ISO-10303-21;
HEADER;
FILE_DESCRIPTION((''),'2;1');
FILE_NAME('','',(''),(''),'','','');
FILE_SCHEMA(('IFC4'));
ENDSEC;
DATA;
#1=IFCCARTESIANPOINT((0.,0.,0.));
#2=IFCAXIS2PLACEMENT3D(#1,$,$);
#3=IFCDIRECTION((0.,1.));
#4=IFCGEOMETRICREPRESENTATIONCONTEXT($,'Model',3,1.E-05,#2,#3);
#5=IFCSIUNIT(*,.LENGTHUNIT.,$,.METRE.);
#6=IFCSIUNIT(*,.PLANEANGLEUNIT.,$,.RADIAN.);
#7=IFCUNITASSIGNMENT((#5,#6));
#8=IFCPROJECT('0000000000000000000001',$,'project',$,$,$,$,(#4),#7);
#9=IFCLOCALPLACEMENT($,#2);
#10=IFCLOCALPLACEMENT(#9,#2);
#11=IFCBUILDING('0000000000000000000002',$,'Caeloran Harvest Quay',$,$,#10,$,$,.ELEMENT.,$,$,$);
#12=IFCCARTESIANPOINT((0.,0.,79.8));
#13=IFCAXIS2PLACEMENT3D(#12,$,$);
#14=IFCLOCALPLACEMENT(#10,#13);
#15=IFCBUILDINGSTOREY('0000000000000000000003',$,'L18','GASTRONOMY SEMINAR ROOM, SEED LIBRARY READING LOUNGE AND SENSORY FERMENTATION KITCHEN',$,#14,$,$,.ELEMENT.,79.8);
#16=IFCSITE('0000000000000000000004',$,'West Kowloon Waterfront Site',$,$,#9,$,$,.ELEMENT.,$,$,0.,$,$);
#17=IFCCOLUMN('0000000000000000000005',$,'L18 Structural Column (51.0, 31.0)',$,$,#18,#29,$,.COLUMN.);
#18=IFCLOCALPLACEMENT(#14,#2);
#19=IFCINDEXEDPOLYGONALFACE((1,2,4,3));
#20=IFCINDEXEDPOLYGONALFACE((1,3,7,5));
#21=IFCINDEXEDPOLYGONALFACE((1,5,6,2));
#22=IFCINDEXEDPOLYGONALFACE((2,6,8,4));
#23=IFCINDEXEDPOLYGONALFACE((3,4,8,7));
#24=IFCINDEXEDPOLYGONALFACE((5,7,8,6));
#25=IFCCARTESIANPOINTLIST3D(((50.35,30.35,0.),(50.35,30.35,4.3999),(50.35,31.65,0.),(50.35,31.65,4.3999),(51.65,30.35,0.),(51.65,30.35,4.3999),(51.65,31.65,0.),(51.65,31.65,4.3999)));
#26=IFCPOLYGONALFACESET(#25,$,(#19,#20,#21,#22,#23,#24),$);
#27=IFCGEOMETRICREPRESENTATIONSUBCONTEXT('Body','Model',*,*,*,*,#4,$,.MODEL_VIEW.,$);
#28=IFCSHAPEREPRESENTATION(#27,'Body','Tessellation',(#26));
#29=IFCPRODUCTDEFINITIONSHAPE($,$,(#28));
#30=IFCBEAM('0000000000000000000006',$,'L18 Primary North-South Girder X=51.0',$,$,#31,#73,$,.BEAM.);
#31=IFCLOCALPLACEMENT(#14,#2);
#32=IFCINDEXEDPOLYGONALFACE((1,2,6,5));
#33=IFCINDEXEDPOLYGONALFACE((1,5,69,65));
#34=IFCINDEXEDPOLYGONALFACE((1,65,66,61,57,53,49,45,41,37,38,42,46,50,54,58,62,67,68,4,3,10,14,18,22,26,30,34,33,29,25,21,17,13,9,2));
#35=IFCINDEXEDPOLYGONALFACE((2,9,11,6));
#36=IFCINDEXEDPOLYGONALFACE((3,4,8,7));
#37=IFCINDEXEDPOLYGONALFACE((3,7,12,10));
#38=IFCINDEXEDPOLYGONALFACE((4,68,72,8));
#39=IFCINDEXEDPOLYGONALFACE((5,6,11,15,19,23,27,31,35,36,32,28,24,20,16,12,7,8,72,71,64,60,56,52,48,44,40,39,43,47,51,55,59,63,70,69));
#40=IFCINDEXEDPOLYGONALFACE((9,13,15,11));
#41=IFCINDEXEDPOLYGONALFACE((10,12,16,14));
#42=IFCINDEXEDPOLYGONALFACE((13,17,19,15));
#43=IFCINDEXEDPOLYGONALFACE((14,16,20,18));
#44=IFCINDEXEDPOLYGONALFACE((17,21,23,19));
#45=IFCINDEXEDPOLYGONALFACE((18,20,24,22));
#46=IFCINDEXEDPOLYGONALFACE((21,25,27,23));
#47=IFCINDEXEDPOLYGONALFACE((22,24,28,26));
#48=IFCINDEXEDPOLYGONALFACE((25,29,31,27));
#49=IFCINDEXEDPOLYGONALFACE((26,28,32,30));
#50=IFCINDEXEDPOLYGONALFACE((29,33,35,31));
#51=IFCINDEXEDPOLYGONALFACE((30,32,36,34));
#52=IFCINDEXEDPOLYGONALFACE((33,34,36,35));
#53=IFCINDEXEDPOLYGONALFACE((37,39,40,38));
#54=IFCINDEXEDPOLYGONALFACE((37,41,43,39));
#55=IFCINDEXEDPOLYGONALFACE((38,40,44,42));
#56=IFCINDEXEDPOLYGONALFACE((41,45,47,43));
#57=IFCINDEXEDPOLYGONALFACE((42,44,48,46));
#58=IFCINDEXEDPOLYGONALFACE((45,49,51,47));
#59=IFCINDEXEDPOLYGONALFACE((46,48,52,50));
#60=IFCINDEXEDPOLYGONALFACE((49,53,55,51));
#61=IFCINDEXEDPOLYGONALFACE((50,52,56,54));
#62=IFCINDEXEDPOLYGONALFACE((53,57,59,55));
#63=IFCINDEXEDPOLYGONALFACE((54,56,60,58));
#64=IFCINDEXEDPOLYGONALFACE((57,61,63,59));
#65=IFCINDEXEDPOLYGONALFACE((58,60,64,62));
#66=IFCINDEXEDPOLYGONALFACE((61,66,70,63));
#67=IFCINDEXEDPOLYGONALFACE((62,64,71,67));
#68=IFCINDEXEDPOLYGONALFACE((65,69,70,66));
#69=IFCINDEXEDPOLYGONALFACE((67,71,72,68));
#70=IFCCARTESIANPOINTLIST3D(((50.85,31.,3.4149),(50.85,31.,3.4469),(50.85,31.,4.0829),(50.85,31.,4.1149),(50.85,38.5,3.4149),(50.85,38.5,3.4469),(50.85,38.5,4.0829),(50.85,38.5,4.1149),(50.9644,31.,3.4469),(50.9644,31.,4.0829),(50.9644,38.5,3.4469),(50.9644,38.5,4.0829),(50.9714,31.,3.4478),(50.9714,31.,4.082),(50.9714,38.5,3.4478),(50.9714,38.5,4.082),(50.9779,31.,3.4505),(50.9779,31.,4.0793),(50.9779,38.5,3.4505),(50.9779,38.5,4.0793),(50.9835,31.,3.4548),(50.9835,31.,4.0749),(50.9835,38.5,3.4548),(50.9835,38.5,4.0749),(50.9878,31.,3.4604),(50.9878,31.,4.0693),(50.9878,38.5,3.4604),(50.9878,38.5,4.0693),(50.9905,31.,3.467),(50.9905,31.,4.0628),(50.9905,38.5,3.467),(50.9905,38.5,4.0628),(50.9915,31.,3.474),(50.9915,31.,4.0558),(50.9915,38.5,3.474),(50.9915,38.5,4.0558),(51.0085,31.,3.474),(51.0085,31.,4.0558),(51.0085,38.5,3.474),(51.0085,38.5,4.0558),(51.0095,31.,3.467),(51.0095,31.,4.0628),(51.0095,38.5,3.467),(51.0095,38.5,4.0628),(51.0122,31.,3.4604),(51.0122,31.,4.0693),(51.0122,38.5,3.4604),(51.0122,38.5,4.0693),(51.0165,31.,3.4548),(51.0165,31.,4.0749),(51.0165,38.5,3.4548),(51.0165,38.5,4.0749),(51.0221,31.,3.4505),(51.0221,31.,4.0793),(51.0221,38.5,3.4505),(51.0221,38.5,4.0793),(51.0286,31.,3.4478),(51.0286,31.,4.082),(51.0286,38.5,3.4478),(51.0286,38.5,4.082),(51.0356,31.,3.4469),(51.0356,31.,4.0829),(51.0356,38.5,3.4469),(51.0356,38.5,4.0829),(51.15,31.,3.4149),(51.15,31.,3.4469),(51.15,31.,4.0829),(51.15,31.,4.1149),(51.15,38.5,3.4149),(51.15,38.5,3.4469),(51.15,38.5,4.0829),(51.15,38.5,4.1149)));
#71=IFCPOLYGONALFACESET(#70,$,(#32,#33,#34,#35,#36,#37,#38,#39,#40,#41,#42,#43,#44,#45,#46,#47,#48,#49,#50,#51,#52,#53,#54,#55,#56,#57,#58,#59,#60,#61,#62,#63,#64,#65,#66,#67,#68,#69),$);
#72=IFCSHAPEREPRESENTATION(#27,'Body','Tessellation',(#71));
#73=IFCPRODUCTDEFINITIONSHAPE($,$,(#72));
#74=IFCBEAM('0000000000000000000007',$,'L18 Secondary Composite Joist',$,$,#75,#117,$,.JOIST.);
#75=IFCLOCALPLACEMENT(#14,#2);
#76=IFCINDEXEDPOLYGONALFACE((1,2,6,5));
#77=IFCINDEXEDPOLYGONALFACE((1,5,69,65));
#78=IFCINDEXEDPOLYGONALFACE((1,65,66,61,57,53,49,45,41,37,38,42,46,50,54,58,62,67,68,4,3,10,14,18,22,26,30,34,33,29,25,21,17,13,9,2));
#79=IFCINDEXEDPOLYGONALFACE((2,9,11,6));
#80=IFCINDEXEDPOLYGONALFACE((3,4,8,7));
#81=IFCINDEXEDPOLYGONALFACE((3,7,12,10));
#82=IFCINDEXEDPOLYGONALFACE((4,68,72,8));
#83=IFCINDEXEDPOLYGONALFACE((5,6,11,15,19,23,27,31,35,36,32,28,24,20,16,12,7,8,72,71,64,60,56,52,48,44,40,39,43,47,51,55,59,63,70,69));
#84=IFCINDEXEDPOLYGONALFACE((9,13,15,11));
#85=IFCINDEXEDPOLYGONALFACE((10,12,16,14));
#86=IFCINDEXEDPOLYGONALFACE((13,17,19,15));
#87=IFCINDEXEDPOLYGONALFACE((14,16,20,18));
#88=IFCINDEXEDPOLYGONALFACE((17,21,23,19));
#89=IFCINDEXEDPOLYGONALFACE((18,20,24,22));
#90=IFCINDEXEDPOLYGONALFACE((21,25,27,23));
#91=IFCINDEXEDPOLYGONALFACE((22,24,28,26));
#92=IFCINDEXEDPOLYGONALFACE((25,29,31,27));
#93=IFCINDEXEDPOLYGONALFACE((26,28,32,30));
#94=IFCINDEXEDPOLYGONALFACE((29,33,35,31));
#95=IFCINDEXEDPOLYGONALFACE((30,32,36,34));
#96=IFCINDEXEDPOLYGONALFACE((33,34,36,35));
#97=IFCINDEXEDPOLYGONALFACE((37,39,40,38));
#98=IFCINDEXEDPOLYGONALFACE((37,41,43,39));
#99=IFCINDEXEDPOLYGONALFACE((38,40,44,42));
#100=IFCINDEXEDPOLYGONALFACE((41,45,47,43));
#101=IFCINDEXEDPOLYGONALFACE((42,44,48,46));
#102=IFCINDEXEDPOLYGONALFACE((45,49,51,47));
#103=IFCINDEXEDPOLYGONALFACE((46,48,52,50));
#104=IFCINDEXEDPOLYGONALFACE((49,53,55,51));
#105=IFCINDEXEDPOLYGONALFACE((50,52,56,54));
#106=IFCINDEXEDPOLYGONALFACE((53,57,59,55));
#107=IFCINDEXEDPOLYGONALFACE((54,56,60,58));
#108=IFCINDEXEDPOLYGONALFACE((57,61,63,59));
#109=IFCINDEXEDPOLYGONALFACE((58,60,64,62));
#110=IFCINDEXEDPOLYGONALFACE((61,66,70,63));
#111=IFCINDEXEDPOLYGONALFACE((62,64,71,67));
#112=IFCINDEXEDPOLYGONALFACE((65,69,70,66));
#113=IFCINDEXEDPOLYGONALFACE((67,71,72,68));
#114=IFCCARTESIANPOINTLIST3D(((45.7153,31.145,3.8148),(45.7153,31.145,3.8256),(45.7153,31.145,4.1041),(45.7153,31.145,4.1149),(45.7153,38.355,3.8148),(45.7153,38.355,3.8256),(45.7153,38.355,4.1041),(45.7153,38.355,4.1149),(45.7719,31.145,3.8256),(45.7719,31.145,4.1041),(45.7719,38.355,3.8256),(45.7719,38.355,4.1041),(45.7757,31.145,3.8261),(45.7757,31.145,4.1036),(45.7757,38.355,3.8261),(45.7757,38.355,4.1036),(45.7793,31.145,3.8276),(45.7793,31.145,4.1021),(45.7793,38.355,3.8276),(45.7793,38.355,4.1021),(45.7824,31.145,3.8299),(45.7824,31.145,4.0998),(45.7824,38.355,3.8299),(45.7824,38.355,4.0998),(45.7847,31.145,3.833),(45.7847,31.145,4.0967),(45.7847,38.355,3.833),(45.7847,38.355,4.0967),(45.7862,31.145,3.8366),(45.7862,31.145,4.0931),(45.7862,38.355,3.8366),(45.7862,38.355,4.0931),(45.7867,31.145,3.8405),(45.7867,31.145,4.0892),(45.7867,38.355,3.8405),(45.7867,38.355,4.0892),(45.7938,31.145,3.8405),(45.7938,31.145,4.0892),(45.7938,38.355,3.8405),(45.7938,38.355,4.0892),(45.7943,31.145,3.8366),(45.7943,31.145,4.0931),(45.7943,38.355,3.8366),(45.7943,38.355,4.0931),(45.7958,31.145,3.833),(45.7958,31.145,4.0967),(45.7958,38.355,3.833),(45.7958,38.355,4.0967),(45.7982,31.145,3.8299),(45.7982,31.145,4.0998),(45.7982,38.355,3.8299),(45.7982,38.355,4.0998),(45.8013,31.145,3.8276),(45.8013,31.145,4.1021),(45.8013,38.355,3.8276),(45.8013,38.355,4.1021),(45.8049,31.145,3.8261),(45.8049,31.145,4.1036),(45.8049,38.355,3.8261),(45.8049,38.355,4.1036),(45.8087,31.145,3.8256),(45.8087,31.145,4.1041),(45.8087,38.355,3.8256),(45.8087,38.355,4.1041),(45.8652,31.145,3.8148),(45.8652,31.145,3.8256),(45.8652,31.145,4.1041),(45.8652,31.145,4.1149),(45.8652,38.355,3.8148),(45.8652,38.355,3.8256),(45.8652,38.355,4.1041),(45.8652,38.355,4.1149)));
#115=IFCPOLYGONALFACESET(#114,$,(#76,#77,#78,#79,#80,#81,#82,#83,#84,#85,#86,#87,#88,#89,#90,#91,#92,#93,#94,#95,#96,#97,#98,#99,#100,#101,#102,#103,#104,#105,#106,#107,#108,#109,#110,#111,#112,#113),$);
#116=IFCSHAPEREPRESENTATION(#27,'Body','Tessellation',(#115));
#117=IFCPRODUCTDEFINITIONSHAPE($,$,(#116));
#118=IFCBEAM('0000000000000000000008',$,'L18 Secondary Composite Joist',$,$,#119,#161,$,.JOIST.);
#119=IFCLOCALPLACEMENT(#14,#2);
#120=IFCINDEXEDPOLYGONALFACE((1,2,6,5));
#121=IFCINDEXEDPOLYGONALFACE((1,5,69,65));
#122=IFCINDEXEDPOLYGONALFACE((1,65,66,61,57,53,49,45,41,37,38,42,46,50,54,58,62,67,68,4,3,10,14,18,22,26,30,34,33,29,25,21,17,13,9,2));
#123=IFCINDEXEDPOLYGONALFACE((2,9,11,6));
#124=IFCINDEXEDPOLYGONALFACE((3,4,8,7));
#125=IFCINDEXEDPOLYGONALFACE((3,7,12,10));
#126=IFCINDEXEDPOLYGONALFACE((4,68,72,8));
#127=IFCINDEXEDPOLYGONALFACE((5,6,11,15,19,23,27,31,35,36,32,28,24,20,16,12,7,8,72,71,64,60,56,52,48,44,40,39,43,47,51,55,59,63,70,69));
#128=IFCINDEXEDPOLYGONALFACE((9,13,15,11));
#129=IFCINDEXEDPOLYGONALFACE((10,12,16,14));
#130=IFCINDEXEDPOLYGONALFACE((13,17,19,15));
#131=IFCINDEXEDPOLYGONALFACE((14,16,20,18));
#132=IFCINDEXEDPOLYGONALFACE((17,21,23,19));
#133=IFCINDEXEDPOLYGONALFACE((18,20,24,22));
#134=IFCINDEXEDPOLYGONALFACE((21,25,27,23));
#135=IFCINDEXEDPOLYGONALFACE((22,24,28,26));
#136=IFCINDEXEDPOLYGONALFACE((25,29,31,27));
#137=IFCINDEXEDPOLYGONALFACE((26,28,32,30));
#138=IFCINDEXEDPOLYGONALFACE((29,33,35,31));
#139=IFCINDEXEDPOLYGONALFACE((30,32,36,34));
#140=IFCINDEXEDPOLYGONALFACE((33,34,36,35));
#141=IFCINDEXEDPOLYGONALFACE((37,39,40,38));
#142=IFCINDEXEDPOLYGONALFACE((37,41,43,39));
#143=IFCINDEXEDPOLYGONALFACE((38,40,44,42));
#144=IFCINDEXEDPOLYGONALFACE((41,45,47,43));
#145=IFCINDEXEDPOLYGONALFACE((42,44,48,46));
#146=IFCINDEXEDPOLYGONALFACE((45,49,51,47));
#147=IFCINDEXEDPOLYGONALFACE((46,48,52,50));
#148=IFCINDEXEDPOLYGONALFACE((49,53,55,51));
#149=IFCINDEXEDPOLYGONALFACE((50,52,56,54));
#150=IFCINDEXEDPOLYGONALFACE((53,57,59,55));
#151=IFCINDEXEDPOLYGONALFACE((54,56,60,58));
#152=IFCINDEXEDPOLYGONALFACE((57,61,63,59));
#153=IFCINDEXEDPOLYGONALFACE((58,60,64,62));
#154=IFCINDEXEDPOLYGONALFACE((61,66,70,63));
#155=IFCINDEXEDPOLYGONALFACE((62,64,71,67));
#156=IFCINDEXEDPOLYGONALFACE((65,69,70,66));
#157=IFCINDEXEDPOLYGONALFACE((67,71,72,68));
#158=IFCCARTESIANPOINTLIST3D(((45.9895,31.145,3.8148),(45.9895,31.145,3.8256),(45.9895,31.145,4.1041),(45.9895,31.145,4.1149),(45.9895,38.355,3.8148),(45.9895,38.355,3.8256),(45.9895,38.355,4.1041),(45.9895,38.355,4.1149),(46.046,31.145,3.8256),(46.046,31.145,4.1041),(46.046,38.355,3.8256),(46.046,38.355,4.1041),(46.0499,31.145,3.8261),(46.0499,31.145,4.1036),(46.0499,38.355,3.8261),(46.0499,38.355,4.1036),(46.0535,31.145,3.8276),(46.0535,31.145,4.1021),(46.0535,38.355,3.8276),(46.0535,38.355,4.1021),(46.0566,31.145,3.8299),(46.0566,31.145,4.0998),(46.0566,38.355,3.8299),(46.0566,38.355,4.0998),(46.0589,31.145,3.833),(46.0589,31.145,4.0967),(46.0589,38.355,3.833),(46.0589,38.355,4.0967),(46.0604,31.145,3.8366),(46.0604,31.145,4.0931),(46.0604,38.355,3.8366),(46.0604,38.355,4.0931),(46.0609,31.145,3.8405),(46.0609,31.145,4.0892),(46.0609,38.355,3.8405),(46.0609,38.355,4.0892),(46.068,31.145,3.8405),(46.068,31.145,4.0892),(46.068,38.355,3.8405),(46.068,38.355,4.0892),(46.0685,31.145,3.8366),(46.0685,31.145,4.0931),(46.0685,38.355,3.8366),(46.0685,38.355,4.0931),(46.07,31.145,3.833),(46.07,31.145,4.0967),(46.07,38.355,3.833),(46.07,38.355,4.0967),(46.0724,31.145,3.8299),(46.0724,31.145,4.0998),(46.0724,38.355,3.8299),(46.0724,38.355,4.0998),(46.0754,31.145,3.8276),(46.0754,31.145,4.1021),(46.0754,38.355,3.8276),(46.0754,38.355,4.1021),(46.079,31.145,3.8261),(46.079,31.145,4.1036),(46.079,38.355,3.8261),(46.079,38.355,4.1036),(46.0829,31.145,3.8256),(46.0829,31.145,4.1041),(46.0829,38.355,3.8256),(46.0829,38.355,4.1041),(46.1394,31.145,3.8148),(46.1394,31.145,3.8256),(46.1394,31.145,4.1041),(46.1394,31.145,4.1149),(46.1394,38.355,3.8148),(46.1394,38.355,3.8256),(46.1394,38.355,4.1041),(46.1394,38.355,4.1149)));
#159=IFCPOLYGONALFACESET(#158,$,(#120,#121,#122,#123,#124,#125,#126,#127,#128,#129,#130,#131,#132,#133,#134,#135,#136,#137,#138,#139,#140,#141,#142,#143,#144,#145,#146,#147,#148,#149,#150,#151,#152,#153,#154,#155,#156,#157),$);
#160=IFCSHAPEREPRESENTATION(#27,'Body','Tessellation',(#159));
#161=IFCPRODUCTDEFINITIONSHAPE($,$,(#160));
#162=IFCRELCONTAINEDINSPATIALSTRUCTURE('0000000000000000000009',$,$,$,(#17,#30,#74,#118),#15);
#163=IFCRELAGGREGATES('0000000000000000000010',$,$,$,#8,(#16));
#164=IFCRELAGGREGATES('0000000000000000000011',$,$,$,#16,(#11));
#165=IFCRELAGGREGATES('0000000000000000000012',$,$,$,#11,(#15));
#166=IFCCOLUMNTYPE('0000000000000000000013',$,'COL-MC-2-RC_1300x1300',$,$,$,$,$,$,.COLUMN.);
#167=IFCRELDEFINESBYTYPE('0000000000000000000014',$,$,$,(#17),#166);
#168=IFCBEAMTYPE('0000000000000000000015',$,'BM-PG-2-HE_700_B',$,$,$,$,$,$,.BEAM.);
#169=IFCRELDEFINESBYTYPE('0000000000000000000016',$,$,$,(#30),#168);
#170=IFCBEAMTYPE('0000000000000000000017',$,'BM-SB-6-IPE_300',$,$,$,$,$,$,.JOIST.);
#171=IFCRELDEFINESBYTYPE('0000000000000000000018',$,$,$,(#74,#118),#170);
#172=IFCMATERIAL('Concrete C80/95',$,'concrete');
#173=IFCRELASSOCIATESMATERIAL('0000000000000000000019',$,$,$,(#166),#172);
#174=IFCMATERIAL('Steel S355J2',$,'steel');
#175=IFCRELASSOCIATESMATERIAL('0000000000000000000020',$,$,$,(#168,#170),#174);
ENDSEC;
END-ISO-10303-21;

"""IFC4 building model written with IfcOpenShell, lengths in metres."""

from ifc_helpers import new_model, si_unit, direction, frame, origin, origin_2d, place, context, subcontext, project, spatial, rectangle, i_section, extrude, material, material_profile, profile_set, type_object, element, save


model = new_model("IFC4")

# Units and contexts
model_context = context("Model", 3, precision=1e-05, world=origin(), true_north=direction((0.0, 1.0)))
body_context = subcontext(model_context, "Body", "Model", "MODEL_VIEW")
ifc_project = project(units=[si_unit("LENGTHUNIT", "METRE"), si_unit("PLANEANGLEUNIT", "RADIAN")], contexts=[model_context])

# Site, building, storey
site_placement = place(None, origin())
site = spatial("IfcSite", under=ifc_project, at=site_placement, Name="West Kowloon Waterfront Site", CompositionType="ELEMENT", RefElevation=0.0)
building_placement = place(site_placement, origin())
building = spatial("IfcBuilding", under=site, at=building_placement, Name="Caeloran Harvest Quay", CompositionType="ELEMENT")
storey_placement = place(building_placement, frame((0.0, 0.0, 79.8)))
storey = spatial("IfcBuildingStorey", under=building, at=storey_placement, Name="L18", Description="GASTRONOMY SEMINAR ROOM, SEED LIBRARY READING LOUNGE AND SENSORY FERMENTATION KITCHEN", CompositionType="ELEMENT", Elevation=79.8)

# Column
ifc_material_1 = material(Name="Concrete C80/95", Category="concrete")
ifc_material_profile_1 = material_profile(ifc_material_1, rectangle(XDim=1.3, YDim=1.3, at=origin_2d()), Name="RC 1300x1300")
ifc_profile_set_1 = profile_set([ifc_material_profile_1], Name="Concrete C80/95")
column_type = type_object("IfcColumnType", Name="COL-MC-2-RC_1300x1300", PredefinedType="COLUMN", material=ifc_profile_set_1)
column_placement = place(storey_placement, frame((51.0, 31.0, 0.0), z_axis=(0.0, 0.0, 1.0), x_axis=(1.0, 0.0, 0.0)))
element("IfcColumn", 1, at=column_placement, inside=storey, type_object=column_type, Name="L18 Structural Column (51.0, 31.0)", PredefinedType="COLUMN", context=body_context, shape_type="SweptSolid", body=[
    extrude(rectangle(XDim=1.3, YDim=1.3, at=origin_2d()), origin(), (0.0, 0.0, 1.0), 4.3999),
])

# Beams
ifc_material_2 = material(Name="Steel S355J2", Category="steel")
ifc_material_profile_2 = material_profile(ifc_material_2, i_section(OverallWidth=0.3, OverallDepth=0.7, WebThickness=0.0171, FlangeThickness=0.032, FilletRadius=0.0271, at=origin_2d()), Name="HE 700 B")
ifc_profile_set_2 = profile_set([ifc_material_profile_2], Name="Steel S355J2")
beam_type_1 = type_object("IfcBeamType", Name="BM-PG-2-HE_700_B", PredefinedType="BEAM", material=ifc_profile_set_2)
beam_placement = place(storey_placement, frame((51.0, 31.0, 3.7649), z_axis=(0.0, 1.0, 0.0), x_axis=(-1.0, 0.0, 0.0)))
element("IfcBeam", 2, at=beam_placement, inside=storey, type_object=beam_type_1, Name="L18 Primary North-South Girder X=51.0", PredefinedType="BEAM", context=body_context, shape_type="SweptSolid", body=[
    extrude(i_section(OverallWidth=0.3, OverallDepth=0.7, WebThickness=0.0171, FlangeThickness=0.032, FilletRadius=0.0271, at=origin_2d()), origin(), (0.0, 0.0, 1.0), 7.5),
])
ifc_material_profile_3 = material_profile(ifc_material_2, i_section(OverallWidth=0.1499, OverallDepth=0.3, WebThickness=0.0071, FlangeThickness=0.0107, FilletRadius=0.0149, at=origin_2d()), Name="IPE 300")
ifc_profile_set_3 = profile_set([ifc_material_profile_3], Name="Steel S355J2")
beam_type_2 = type_object("IfcBeamType", Name="BM-SB-6-IPE_300", PredefinedType="JOIST", material=ifc_profile_set_3)
for number, where, z_axis, x_axis, name in (
    (3, (45.7903, 31.145, 3.9648), (0.0, 1.0, 0.0), (-1.0, 0.0, 0.0), "L18 Secondary Composite Joist"),
    (4, (46.0645, 31.145, 3.9648), (0.0, 1.0, 0.0), (-1.0, 0.0, 0.0), "L18 Secondary Composite Joist"),
):
    element("IfcBeam", number, at=place(storey_placement, frame(where, z_axis=z_axis, x_axis=x_axis)), inside=storey, type_object=beam_type_2, Name=name, PredefinedType="JOIST", context=body_context, shape_type="SweptSolid", body=[
        extrude(i_section(OverallWidth=0.1499, OverallDepth=0.3, WebThickness=0.0071, FlangeThickness=0.0107, FilletRadius=0.0149, at=origin_2d()), origin(), (0.0, 0.0, 1.0), 7.21),
    ])

save(model, "model.ifc")
